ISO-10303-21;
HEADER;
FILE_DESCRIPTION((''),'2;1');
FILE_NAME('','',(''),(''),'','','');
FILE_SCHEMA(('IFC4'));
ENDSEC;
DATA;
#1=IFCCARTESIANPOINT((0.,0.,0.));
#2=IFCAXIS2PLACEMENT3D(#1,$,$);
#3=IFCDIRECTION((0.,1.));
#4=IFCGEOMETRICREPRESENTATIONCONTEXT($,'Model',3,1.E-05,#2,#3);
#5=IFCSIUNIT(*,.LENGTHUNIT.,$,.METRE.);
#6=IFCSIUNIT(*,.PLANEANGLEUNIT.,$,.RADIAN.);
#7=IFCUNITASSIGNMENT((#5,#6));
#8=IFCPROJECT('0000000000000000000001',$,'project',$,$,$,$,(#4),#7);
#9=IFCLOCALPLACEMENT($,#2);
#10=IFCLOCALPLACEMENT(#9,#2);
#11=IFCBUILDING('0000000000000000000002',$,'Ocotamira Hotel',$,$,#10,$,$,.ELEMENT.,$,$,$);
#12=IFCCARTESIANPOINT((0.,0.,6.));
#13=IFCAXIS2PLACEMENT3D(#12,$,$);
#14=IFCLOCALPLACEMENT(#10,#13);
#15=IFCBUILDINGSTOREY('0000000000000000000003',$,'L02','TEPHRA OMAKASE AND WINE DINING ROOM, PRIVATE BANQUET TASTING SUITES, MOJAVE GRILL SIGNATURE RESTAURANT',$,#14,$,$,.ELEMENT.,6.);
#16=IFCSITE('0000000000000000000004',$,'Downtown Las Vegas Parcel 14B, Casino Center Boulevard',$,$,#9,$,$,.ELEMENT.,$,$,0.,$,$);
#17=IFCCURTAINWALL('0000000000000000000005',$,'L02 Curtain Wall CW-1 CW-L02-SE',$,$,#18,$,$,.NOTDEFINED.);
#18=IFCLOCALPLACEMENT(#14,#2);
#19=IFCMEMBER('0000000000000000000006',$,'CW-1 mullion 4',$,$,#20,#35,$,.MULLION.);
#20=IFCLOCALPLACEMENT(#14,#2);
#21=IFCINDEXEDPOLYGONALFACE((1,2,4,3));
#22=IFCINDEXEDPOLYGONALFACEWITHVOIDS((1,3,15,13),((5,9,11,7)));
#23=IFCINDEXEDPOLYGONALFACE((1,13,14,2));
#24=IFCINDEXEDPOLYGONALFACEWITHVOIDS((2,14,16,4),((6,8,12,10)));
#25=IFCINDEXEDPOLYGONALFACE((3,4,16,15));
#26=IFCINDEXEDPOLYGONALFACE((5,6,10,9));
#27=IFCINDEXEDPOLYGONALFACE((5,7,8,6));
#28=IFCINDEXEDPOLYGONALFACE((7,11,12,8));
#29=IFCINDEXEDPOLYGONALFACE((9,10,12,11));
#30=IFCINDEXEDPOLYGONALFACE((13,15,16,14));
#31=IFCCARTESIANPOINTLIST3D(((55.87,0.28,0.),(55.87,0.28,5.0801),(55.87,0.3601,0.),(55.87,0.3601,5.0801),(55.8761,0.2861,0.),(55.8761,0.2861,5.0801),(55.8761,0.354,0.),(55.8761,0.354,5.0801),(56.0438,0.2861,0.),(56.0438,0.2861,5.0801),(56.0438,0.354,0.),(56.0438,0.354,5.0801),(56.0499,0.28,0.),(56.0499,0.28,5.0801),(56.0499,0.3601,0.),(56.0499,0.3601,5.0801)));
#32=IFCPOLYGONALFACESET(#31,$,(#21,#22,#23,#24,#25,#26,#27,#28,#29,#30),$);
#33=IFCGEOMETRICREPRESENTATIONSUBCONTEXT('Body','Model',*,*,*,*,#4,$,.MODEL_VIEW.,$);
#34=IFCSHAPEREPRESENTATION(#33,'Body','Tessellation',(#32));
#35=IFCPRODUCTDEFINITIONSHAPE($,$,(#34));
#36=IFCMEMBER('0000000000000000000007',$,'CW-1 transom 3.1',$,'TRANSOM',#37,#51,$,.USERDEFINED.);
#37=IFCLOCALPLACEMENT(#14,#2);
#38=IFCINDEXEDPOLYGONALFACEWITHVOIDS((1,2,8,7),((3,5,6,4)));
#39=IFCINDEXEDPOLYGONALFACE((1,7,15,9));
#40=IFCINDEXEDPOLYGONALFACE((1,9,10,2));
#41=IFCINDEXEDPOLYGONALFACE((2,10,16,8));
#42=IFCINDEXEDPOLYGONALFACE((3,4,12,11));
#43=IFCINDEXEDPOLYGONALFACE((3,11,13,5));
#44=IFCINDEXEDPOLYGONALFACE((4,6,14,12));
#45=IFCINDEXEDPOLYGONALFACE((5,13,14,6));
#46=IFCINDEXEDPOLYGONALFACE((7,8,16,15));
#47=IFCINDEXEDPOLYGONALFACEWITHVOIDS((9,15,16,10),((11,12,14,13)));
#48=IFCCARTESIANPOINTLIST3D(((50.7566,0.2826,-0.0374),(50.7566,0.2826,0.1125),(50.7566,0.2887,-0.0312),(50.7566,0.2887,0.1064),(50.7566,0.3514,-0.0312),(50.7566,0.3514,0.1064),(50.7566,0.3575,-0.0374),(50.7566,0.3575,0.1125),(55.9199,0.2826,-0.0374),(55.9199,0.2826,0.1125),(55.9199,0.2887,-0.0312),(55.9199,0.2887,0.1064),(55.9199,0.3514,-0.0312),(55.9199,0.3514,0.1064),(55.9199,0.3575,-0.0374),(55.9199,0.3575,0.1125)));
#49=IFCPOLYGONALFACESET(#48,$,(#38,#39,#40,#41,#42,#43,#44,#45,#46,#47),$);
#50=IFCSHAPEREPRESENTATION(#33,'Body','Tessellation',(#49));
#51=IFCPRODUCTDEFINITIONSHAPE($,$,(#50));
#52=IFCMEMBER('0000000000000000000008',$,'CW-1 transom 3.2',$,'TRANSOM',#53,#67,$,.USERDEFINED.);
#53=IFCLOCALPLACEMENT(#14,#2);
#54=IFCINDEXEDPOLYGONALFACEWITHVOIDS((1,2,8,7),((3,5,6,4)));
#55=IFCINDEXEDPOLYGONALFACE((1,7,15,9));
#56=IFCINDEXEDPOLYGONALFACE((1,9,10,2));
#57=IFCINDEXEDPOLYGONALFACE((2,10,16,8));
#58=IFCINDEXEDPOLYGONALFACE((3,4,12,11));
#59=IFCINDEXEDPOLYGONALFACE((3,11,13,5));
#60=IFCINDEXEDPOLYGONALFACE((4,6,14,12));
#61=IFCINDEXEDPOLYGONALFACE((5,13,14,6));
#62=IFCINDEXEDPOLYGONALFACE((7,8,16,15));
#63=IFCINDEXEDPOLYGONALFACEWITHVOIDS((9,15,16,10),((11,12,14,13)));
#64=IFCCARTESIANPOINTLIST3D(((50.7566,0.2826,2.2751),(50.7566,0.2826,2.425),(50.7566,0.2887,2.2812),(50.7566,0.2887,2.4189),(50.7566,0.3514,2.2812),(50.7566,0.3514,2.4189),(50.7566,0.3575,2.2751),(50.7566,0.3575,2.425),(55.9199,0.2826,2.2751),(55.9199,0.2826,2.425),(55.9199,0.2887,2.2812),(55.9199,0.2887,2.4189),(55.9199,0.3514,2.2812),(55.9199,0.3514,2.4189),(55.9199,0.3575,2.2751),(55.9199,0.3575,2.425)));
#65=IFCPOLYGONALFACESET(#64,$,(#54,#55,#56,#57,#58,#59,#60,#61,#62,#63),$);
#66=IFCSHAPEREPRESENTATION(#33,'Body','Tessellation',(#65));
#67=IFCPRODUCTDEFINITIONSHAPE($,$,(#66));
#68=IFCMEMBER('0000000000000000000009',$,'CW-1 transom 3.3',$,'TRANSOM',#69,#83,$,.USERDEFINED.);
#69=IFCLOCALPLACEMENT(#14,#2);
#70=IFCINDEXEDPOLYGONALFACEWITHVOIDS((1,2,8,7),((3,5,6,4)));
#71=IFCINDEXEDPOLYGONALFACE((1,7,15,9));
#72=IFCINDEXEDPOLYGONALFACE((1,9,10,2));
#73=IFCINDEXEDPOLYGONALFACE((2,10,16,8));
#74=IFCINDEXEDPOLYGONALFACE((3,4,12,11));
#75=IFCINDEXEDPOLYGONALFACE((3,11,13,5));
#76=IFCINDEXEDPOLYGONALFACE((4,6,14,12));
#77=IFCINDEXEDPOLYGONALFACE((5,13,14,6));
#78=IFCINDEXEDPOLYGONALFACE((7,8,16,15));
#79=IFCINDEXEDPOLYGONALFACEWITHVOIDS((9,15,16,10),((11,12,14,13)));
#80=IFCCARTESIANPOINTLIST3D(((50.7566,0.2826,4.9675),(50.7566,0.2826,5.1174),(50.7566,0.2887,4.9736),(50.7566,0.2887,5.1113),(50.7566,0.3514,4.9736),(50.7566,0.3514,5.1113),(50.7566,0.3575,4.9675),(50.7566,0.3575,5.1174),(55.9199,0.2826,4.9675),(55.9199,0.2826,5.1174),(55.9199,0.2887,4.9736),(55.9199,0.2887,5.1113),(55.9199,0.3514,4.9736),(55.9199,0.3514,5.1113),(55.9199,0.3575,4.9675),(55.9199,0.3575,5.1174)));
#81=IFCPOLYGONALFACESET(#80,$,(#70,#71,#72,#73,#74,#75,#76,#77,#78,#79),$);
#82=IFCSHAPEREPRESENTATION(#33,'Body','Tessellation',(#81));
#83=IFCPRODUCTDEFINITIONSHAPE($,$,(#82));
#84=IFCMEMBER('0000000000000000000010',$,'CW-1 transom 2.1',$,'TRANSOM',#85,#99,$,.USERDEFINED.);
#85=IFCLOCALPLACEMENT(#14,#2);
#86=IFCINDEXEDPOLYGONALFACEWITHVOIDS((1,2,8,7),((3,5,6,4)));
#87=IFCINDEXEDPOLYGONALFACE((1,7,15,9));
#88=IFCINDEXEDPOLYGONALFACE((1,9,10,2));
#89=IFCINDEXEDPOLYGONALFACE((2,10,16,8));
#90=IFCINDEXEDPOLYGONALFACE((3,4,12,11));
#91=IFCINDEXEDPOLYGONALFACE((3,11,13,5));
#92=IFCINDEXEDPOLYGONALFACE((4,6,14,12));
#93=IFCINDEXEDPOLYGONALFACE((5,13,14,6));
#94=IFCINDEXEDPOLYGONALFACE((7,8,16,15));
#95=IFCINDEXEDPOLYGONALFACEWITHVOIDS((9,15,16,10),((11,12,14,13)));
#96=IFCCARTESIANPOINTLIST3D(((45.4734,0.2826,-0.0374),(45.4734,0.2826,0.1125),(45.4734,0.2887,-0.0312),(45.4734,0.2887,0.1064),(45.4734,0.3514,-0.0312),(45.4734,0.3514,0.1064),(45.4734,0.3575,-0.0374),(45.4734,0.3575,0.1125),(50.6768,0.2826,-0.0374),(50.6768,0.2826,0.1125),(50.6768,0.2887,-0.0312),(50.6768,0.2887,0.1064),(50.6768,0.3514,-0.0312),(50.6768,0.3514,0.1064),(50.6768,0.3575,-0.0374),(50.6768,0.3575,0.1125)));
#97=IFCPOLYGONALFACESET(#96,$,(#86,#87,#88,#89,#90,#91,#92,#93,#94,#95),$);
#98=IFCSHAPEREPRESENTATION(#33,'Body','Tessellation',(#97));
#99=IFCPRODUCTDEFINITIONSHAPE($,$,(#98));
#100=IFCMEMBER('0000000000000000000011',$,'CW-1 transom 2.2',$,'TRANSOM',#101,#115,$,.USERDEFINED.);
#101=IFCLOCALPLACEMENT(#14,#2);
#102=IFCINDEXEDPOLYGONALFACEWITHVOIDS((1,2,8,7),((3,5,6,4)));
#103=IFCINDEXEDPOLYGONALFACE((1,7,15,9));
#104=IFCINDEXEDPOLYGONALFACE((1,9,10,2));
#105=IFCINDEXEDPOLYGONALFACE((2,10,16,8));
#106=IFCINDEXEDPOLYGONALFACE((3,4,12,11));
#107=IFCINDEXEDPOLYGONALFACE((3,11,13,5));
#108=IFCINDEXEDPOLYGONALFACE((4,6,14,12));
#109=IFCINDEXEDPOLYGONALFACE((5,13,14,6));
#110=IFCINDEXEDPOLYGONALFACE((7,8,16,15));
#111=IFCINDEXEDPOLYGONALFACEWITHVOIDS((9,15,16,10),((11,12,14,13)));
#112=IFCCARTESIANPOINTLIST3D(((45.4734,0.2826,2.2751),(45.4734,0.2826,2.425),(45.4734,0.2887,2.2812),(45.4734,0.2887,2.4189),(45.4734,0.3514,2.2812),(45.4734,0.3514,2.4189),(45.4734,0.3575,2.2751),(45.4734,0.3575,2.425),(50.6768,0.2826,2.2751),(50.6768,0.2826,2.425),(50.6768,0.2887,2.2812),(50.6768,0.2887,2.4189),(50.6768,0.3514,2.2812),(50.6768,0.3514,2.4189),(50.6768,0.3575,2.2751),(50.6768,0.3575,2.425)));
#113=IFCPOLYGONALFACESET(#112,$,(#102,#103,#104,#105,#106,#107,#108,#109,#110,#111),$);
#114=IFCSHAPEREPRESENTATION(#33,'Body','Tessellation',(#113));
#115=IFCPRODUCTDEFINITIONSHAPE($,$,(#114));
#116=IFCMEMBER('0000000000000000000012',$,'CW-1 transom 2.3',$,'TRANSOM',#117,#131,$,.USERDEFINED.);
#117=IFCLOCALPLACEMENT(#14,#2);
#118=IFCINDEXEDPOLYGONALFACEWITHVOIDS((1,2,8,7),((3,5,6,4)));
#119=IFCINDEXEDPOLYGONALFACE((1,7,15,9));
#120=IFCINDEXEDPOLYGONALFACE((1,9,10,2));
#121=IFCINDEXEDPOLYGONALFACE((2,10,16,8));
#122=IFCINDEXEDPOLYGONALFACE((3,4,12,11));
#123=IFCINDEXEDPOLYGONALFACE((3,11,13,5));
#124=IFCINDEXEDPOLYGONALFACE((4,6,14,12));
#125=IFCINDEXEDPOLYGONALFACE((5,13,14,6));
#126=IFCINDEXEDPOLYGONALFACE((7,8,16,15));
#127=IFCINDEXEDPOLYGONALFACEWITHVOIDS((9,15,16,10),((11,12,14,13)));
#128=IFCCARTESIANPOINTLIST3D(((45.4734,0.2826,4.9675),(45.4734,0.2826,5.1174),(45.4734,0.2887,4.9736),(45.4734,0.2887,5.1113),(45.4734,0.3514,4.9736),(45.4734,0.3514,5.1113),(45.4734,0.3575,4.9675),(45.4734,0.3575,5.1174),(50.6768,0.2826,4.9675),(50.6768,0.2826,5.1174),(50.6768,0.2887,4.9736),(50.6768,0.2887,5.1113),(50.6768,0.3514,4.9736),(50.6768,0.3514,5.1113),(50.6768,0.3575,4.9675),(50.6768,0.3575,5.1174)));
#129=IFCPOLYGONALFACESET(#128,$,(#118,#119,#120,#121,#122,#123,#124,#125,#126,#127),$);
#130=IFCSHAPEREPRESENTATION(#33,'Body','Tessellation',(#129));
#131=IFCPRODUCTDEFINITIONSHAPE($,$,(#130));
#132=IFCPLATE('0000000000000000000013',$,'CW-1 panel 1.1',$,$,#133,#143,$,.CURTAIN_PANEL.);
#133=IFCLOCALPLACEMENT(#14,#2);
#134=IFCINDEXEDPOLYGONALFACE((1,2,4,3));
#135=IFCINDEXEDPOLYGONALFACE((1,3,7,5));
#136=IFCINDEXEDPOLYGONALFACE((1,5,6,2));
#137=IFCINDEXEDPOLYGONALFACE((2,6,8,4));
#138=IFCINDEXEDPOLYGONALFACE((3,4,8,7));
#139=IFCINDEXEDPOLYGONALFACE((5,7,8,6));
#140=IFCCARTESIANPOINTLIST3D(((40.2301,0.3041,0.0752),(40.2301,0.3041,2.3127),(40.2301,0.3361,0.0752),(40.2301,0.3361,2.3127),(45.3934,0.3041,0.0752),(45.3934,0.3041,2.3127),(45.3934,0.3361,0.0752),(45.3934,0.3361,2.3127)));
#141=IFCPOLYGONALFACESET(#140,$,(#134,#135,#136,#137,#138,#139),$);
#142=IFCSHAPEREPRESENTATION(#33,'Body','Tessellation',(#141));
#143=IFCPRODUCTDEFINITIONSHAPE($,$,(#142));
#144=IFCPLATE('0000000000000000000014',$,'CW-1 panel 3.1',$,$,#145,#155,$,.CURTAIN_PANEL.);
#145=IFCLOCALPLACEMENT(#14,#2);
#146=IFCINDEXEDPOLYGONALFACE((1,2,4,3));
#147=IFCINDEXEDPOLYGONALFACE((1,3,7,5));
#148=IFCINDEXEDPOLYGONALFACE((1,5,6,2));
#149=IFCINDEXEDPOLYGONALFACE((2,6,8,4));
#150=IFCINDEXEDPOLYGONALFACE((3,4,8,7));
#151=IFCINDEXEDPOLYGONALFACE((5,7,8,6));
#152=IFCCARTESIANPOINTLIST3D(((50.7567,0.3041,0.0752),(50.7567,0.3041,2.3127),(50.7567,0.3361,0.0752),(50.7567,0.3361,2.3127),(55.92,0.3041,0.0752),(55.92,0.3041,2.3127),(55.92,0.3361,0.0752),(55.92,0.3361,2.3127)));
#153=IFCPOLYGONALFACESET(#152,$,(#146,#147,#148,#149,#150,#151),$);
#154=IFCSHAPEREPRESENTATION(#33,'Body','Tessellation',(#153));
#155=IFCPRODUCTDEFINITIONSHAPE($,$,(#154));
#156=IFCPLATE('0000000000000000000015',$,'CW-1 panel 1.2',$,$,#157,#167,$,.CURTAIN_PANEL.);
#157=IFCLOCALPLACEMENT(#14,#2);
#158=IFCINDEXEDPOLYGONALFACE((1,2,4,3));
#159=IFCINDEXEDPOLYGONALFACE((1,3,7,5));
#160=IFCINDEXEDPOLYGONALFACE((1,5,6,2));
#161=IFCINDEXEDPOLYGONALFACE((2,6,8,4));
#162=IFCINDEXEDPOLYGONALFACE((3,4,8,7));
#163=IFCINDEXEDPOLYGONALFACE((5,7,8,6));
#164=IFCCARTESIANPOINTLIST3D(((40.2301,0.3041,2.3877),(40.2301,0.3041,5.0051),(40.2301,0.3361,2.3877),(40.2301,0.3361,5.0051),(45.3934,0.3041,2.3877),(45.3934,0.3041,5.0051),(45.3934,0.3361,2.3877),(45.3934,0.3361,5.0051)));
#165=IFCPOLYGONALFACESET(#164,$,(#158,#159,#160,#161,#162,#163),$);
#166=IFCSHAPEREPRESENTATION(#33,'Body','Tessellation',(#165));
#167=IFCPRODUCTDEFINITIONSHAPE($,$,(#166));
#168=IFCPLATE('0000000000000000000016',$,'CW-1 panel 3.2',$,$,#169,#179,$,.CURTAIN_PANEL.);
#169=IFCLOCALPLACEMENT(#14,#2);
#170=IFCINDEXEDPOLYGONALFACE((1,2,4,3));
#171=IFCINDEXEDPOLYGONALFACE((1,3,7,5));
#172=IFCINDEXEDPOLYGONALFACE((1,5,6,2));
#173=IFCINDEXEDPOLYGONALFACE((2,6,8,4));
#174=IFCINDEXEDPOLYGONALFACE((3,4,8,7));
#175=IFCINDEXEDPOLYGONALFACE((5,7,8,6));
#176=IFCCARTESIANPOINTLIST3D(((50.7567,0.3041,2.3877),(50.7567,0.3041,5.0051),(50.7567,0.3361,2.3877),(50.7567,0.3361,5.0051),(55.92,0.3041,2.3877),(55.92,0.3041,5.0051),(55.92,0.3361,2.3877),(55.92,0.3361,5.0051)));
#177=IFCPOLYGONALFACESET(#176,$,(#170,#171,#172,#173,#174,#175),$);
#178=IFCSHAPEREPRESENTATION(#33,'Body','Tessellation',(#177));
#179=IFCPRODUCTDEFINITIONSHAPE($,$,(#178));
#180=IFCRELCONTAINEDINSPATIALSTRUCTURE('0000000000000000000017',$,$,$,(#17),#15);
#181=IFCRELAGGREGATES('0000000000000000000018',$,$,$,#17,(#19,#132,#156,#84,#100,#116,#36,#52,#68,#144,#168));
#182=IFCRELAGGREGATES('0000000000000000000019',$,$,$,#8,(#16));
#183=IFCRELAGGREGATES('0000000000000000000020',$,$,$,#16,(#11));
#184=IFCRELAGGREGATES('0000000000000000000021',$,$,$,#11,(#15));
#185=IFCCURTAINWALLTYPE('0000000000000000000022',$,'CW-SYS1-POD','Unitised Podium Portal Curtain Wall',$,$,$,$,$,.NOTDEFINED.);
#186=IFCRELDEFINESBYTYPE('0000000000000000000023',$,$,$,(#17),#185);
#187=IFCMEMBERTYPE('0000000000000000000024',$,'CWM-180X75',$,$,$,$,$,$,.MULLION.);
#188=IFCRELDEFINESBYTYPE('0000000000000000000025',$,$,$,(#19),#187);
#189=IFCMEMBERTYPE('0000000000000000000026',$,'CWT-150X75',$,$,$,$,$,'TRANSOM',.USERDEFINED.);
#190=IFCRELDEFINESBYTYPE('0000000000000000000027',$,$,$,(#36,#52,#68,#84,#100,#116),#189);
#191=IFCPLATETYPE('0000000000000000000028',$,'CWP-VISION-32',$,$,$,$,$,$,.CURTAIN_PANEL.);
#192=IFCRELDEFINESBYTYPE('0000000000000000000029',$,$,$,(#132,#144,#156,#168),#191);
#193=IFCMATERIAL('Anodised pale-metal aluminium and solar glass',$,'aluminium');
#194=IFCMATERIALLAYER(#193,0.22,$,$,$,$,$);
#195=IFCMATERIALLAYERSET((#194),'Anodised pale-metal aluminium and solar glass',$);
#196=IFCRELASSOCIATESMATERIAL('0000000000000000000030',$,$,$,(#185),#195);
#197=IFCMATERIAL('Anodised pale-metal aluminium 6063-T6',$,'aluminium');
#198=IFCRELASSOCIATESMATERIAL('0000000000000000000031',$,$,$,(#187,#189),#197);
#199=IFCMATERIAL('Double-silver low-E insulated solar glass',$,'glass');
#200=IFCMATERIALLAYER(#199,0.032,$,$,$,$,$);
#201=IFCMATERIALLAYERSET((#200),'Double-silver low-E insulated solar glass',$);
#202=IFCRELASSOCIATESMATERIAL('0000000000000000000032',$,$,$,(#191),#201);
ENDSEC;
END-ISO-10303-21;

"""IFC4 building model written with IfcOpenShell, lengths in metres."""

from ifc_helpers import new_model, si_unit, direction, frame, origin, origin_2d, place, context, subcontext, project, spatial, rectangle, hollow_rectangle, extrude, source, transform, mapped, material, layer, layer_set, material_profile, profile_set, type_object, element, aggregate, save


model = new_model("IFC4")

# Units and contexts
model_context = context("Model", 3, precision=1e-05, world=origin(), true_north=direction((0.0, 1.0)))
body_context = subcontext(model_context, "Body", "Model", "MODEL_VIEW")
ifc_project = project(units=[si_unit("LENGTHUNIT", "METRE"), si_unit("PLANEANGLEUNIT", "RADIAN")], contexts=[model_context])

# Site, building, storey
site_placement = place(None, origin())
site = spatial("IfcSite", under=ifc_project, at=site_placement, Name="Downtown Las Vegas Parcel 14B, Casino Center Boulevard", CompositionType="ELEMENT", RefElevation=0.0)
building_placement = place(site_placement, origin())
building = spatial("IfcBuilding", under=site, at=building_placement, Name="Ocotamira Hotel", CompositionType="ELEMENT")
storey_placement = place(building_placement, frame((0.0, 0.0, 6.0)))
storey = spatial("IfcBuildingStorey", under=building, at=storey_placement, Name="L02", Description="TEPHRA OMAKASE AND WINE DINING ROOM, PRIVATE BANQUET TASTING SUITES, MOJAVE GRILL SIGNATURE RESTAURANT", CompositionType="ELEMENT", Elevation=6.0)

# Curtain wall, members, plates
ifc_material_1 = material(Name="Anodised pale-metal aluminium and solar glass", Category="aluminium")
ifc_layer_1 = layer(ifc_material_1, 0.22)
ifc_layer_set_1 = layer_set([ifc_layer_1], Name="Anodised pale-metal aluminium and solar glass")
curtain_wall_type = type_object("IfcCurtainWallType", Name="CW-SYS1-POD", Description="Unitised Podium Portal Curtain Wall", PredefinedType="NOTDEFINED", material=ifc_layer_set_1)
curtain_wall_placement = place(storey_placement, origin())
curtain_wall = element("IfcCurtainWall", 1, at=curtain_wall_placement, inside=storey, type_object=curtain_wall_type, Name="L02 Curtain Wall CW-1 CW-L02-SE", PredefinedType="NOTDEFINED")
ifc_material_2 = material(Name="Anodised pale-metal aluminium 6063-T6", Category="aluminium")
ifc_material_profile_1 = material_profile(ifc_material_2, hollow_rectangle(XDim=0.0801, YDim=0.1799, WallThickness=0.0061, at=origin_2d()), Name="HSS180X80X6")
ifc_profile_set_1 = profile_set([ifc_material_profile_1], Name="Anodised pale-metal aluminium 6063-T6")
member_type_1 = type_object("IfcMemberType", Name="CWM-180X75", PredefinedType="MULLION", material=ifc_profile_set_1)
shared_shape_1 = source(origin(), body_context, "Body", "SweptSolid", [
    extrude(hollow_rectangle(XDim=0.0801, YDim=0.1799, WallThickness=0.0061, at=origin_2d()), origin(), (0.0, 0.0, 1.0), 5.0801),
])
member_1_placement = place(storey_placement, frame((55.96, 0.3201, 0.0), z_axis=(0.0, 0.0, 1.0), x_axis=(0.0, 1.0, 0.0)))
member_1 = element("IfcMember", 2, at=member_1_placement, type_object=member_type_1, Name="CW-1 mullion 4", PredefinedType="MULLION", context=body_context, shape_type="MappedRepresentation", body=[
    mapped(shared_shape_1, transform((0.0, 0.0, 0.0), scale=1.0)),
])
ifc_material_profile_2 = material_profile(ifc_material_2, hollow_rectangle(XDim=0.075, YDim=0.1499, WallThickness=0.0061, at=origin_2d()), Name="HSS150X75X6")
ifc_profile_set_2 = profile_set([ifc_material_profile_2], Name="Anodised pale-metal aluminium 6063-T6")
member_type_2 = type_object("IfcMemberType", Name="CWT-150X75", ElementType="TRANSOM", PredefinedType="USERDEFINED", material=ifc_profile_set_2)
shared_shape_2 = source(origin(), body_context, "Body", "SweptSolid", [
    extrude(hollow_rectangle(XDim=0.075, YDim=0.1499, WallThickness=0.0061, at=origin_2d()), origin(), (0.0, 0.0, 1.0), 5.1633),
])
member_2_placement = place(storey_placement, frame((50.7566, 0.3201, 0.0376), z_axis=(1.0, 0.0, 0.0), x_axis=(0.0, 1.0, 0.0)))
member_2 = element("IfcMember", 3, at=member_2_placement, type_object=member_type_2, Name="CW-1 transom 3.1", ObjectType="TRANSOM", PredefinedType="USERDEFINED", context=body_context, shape_type="MappedRepresentation", body=[
    mapped(shared_shape_2, transform((0.0, 0.0, 0.0), scale=1.0)),
])
member_3_placement = place(storey_placement, frame((50.7566, 0.3201, 2.3501), z_axis=(1.0, 0.0, 0.0), x_axis=(0.0, 1.0, 0.0)))
member_3 = element("IfcMember", 4, at=member_3_placement, type_object=member_type_2, Name="CW-1 transom 3.2", ObjectType="TRANSOM", PredefinedType="USERDEFINED", context=body_context, shape_type="MappedRepresentation", body=[
    mapped(shared_shape_2, transform((0.0, 0.0, 0.0), scale=1.0)),
])
member_4_placement = place(storey_placement, frame((50.7566, 0.3201, 5.0425), z_axis=(1.0, 0.0, 0.0), x_axis=(0.0, 1.0, 0.0)))
member_4 = element("IfcMember", 5, at=member_4_placement, type_object=member_type_2, Name="CW-1 transom 3.3", ObjectType="TRANSOM", PredefinedType="USERDEFINED", context=body_context, shape_type="MappedRepresentation", body=[
    mapped(shared_shape_2, transform((0.0, 0.0, 0.0), scale=1.0)),
])
shared_shape_3 = source(origin(), body_context, "Body", "SweptSolid", [
    extrude(hollow_rectangle(XDim=0.075, YDim=0.1499, WallThickness=0.0061, at=origin_2d()), origin(), (0.0, 0.0, 1.0), 5.2034),
])
member_5_placement = place(storey_placement, frame((45.4734, 0.3201, 0.0376), z_axis=(1.0, 0.0, 0.0), x_axis=(0.0, 1.0, 0.0)))
member_5 = element("IfcMember", 6, at=member_5_placement, type_object=member_type_2, Name="CW-1 transom 2.1", ObjectType="TRANSOM", PredefinedType="USERDEFINED", context=body_context, shape_type="MappedRepresentation", body=[
    mapped(shared_shape_3, transform((0.0, 0.0, 0.0), scale=1.0)),
])
member_6_placement = place(storey_placement, frame((45.4734, 0.3201, 2.3501), z_axis=(1.0, 0.0, 0.0), x_axis=(0.0, 1.0, 0.0)))
member_6 = element("IfcMember", 7, at=member_6_placement, type_object=member_type_2, Name="CW-1 transom 2.2", ObjectType="TRANSOM", PredefinedType="USERDEFINED", context=body_context, shape_type="MappedRepresentation", body=[
    mapped(shared_shape_3, transform((0.0, 0.0, 0.0), scale=1.0)),
])
member_7_placement = place(storey_placement, frame((45.4734, 0.3201, 5.0425), z_axis=(1.0, 0.0, 0.0), x_axis=(0.0, 1.0, 0.0)))
member_7 = element("IfcMember", 8, at=member_7_placement, type_object=member_type_2, Name="CW-1 transom 2.3", ObjectType="TRANSOM", PredefinedType="USERDEFINED", context=body_context, shape_type="MappedRepresentation", body=[
    mapped(shared_shape_3, transform((0.0, 0.0, 0.0), scale=1.0)),
])
ifc_material_3 = material(Name="Double-silver low-E insulated solar glass", Category="glass")
ifc_layer_2 = layer(ifc_material_3, 0.032)
ifc_layer_set_2 = layer_set([ifc_layer_2], Name="Double-silver low-E insulated solar glass")
plate_type = type_object("IfcPlateType", Name="CWP-VISION-32", PredefinedType="CURTAIN_PANEL", material=ifc_layer_set_2)
shared_shape_4 = source(origin(), body_context, "Body", "SweptSolid", [
    extrude(rectangle(XDim=5.1633, YDim=0.032, at=origin_2d()), origin(), (0.0, 0.0, 1.0), 2.2375),
])
plate_1_placement = place(storey_placement, frame((42.8118, 0.3201, 0.0752), z_axis=(0.0, 0.0, 1.0), x_axis=(1.0, 0.0, 0.0)))
plate_1 = element("IfcPlate", 9, at=plate_1_placement, type_object=plate_type, Name="CW-1 panel 1.1", PredefinedType="CURTAIN_PANEL", context=body_context, shape_type="MappedRepresentation", body=[
    mapped(shared_shape_4, transform((0.0, 0.0, 0.0), scale=1.0)),
])
plate_2_placement = place(storey_placement, frame((53.3384, 0.3201, 0.0752), z_axis=(0.0, 0.0, 1.0), x_axis=(1.0, 0.0, 0.0)))
plate_2 = element("IfcPlate", 10, at=plate_2_placement, type_object=plate_type, Name="CW-1 panel 3.1", PredefinedType="CURTAIN_PANEL", context=body_context, shape_type="MappedRepresentation", body=[
    mapped(shared_shape_4, transform((0.0, 0.0, 0.0), scale=1.0)),
])
shared_shape_5 = source(origin(), body_context, "Body", "SweptSolid", [
    extrude(rectangle(XDim=5.1633, YDim=0.032, at=origin_2d()), origin(), (0.0, 0.0, 1.0), 2.6174),
])
plate_3_placement = place(storey_placement, frame((42.8118, 0.3201, 2.3877), z_axis=(0.0, 0.0, 1.0), x_axis=(1.0, 0.0, 0.0)))
plate_3 = element("IfcPlate", 11, at=plate_3_placement, type_object=plate_type, Name="CW-1 panel 1.2", PredefinedType="CURTAIN_PANEL", context=body_context, shape_type="MappedRepresentation", body=[
    mapped(shared_shape_5, transform((0.0, 0.0, 0.0), scale=1.0)),
])
plate_4_placement = place(storey_placement, frame((53.3384, 0.3201, 2.3877), z_axis=(0.0, 0.0, 1.0), x_axis=(1.0, 0.0, 0.0)))
plate_4 = element("IfcPlate", 12, at=plate_4_placement, type_object=plate_type, Name="CW-1 panel 3.2", PredefinedType="CURTAIN_PANEL", context=body_context, shape_type="MappedRepresentation", body=[
    mapped(shared_shape_5, transform((0.0, 0.0, 0.0), scale=1.0)),
])
aggregate(curtain_wall, [member_1, plate_1, plate_3, member_5, member_6, member_7, member_2, member_3, member_4, plate_2, plate_4])

save(model, "model.ifc")
